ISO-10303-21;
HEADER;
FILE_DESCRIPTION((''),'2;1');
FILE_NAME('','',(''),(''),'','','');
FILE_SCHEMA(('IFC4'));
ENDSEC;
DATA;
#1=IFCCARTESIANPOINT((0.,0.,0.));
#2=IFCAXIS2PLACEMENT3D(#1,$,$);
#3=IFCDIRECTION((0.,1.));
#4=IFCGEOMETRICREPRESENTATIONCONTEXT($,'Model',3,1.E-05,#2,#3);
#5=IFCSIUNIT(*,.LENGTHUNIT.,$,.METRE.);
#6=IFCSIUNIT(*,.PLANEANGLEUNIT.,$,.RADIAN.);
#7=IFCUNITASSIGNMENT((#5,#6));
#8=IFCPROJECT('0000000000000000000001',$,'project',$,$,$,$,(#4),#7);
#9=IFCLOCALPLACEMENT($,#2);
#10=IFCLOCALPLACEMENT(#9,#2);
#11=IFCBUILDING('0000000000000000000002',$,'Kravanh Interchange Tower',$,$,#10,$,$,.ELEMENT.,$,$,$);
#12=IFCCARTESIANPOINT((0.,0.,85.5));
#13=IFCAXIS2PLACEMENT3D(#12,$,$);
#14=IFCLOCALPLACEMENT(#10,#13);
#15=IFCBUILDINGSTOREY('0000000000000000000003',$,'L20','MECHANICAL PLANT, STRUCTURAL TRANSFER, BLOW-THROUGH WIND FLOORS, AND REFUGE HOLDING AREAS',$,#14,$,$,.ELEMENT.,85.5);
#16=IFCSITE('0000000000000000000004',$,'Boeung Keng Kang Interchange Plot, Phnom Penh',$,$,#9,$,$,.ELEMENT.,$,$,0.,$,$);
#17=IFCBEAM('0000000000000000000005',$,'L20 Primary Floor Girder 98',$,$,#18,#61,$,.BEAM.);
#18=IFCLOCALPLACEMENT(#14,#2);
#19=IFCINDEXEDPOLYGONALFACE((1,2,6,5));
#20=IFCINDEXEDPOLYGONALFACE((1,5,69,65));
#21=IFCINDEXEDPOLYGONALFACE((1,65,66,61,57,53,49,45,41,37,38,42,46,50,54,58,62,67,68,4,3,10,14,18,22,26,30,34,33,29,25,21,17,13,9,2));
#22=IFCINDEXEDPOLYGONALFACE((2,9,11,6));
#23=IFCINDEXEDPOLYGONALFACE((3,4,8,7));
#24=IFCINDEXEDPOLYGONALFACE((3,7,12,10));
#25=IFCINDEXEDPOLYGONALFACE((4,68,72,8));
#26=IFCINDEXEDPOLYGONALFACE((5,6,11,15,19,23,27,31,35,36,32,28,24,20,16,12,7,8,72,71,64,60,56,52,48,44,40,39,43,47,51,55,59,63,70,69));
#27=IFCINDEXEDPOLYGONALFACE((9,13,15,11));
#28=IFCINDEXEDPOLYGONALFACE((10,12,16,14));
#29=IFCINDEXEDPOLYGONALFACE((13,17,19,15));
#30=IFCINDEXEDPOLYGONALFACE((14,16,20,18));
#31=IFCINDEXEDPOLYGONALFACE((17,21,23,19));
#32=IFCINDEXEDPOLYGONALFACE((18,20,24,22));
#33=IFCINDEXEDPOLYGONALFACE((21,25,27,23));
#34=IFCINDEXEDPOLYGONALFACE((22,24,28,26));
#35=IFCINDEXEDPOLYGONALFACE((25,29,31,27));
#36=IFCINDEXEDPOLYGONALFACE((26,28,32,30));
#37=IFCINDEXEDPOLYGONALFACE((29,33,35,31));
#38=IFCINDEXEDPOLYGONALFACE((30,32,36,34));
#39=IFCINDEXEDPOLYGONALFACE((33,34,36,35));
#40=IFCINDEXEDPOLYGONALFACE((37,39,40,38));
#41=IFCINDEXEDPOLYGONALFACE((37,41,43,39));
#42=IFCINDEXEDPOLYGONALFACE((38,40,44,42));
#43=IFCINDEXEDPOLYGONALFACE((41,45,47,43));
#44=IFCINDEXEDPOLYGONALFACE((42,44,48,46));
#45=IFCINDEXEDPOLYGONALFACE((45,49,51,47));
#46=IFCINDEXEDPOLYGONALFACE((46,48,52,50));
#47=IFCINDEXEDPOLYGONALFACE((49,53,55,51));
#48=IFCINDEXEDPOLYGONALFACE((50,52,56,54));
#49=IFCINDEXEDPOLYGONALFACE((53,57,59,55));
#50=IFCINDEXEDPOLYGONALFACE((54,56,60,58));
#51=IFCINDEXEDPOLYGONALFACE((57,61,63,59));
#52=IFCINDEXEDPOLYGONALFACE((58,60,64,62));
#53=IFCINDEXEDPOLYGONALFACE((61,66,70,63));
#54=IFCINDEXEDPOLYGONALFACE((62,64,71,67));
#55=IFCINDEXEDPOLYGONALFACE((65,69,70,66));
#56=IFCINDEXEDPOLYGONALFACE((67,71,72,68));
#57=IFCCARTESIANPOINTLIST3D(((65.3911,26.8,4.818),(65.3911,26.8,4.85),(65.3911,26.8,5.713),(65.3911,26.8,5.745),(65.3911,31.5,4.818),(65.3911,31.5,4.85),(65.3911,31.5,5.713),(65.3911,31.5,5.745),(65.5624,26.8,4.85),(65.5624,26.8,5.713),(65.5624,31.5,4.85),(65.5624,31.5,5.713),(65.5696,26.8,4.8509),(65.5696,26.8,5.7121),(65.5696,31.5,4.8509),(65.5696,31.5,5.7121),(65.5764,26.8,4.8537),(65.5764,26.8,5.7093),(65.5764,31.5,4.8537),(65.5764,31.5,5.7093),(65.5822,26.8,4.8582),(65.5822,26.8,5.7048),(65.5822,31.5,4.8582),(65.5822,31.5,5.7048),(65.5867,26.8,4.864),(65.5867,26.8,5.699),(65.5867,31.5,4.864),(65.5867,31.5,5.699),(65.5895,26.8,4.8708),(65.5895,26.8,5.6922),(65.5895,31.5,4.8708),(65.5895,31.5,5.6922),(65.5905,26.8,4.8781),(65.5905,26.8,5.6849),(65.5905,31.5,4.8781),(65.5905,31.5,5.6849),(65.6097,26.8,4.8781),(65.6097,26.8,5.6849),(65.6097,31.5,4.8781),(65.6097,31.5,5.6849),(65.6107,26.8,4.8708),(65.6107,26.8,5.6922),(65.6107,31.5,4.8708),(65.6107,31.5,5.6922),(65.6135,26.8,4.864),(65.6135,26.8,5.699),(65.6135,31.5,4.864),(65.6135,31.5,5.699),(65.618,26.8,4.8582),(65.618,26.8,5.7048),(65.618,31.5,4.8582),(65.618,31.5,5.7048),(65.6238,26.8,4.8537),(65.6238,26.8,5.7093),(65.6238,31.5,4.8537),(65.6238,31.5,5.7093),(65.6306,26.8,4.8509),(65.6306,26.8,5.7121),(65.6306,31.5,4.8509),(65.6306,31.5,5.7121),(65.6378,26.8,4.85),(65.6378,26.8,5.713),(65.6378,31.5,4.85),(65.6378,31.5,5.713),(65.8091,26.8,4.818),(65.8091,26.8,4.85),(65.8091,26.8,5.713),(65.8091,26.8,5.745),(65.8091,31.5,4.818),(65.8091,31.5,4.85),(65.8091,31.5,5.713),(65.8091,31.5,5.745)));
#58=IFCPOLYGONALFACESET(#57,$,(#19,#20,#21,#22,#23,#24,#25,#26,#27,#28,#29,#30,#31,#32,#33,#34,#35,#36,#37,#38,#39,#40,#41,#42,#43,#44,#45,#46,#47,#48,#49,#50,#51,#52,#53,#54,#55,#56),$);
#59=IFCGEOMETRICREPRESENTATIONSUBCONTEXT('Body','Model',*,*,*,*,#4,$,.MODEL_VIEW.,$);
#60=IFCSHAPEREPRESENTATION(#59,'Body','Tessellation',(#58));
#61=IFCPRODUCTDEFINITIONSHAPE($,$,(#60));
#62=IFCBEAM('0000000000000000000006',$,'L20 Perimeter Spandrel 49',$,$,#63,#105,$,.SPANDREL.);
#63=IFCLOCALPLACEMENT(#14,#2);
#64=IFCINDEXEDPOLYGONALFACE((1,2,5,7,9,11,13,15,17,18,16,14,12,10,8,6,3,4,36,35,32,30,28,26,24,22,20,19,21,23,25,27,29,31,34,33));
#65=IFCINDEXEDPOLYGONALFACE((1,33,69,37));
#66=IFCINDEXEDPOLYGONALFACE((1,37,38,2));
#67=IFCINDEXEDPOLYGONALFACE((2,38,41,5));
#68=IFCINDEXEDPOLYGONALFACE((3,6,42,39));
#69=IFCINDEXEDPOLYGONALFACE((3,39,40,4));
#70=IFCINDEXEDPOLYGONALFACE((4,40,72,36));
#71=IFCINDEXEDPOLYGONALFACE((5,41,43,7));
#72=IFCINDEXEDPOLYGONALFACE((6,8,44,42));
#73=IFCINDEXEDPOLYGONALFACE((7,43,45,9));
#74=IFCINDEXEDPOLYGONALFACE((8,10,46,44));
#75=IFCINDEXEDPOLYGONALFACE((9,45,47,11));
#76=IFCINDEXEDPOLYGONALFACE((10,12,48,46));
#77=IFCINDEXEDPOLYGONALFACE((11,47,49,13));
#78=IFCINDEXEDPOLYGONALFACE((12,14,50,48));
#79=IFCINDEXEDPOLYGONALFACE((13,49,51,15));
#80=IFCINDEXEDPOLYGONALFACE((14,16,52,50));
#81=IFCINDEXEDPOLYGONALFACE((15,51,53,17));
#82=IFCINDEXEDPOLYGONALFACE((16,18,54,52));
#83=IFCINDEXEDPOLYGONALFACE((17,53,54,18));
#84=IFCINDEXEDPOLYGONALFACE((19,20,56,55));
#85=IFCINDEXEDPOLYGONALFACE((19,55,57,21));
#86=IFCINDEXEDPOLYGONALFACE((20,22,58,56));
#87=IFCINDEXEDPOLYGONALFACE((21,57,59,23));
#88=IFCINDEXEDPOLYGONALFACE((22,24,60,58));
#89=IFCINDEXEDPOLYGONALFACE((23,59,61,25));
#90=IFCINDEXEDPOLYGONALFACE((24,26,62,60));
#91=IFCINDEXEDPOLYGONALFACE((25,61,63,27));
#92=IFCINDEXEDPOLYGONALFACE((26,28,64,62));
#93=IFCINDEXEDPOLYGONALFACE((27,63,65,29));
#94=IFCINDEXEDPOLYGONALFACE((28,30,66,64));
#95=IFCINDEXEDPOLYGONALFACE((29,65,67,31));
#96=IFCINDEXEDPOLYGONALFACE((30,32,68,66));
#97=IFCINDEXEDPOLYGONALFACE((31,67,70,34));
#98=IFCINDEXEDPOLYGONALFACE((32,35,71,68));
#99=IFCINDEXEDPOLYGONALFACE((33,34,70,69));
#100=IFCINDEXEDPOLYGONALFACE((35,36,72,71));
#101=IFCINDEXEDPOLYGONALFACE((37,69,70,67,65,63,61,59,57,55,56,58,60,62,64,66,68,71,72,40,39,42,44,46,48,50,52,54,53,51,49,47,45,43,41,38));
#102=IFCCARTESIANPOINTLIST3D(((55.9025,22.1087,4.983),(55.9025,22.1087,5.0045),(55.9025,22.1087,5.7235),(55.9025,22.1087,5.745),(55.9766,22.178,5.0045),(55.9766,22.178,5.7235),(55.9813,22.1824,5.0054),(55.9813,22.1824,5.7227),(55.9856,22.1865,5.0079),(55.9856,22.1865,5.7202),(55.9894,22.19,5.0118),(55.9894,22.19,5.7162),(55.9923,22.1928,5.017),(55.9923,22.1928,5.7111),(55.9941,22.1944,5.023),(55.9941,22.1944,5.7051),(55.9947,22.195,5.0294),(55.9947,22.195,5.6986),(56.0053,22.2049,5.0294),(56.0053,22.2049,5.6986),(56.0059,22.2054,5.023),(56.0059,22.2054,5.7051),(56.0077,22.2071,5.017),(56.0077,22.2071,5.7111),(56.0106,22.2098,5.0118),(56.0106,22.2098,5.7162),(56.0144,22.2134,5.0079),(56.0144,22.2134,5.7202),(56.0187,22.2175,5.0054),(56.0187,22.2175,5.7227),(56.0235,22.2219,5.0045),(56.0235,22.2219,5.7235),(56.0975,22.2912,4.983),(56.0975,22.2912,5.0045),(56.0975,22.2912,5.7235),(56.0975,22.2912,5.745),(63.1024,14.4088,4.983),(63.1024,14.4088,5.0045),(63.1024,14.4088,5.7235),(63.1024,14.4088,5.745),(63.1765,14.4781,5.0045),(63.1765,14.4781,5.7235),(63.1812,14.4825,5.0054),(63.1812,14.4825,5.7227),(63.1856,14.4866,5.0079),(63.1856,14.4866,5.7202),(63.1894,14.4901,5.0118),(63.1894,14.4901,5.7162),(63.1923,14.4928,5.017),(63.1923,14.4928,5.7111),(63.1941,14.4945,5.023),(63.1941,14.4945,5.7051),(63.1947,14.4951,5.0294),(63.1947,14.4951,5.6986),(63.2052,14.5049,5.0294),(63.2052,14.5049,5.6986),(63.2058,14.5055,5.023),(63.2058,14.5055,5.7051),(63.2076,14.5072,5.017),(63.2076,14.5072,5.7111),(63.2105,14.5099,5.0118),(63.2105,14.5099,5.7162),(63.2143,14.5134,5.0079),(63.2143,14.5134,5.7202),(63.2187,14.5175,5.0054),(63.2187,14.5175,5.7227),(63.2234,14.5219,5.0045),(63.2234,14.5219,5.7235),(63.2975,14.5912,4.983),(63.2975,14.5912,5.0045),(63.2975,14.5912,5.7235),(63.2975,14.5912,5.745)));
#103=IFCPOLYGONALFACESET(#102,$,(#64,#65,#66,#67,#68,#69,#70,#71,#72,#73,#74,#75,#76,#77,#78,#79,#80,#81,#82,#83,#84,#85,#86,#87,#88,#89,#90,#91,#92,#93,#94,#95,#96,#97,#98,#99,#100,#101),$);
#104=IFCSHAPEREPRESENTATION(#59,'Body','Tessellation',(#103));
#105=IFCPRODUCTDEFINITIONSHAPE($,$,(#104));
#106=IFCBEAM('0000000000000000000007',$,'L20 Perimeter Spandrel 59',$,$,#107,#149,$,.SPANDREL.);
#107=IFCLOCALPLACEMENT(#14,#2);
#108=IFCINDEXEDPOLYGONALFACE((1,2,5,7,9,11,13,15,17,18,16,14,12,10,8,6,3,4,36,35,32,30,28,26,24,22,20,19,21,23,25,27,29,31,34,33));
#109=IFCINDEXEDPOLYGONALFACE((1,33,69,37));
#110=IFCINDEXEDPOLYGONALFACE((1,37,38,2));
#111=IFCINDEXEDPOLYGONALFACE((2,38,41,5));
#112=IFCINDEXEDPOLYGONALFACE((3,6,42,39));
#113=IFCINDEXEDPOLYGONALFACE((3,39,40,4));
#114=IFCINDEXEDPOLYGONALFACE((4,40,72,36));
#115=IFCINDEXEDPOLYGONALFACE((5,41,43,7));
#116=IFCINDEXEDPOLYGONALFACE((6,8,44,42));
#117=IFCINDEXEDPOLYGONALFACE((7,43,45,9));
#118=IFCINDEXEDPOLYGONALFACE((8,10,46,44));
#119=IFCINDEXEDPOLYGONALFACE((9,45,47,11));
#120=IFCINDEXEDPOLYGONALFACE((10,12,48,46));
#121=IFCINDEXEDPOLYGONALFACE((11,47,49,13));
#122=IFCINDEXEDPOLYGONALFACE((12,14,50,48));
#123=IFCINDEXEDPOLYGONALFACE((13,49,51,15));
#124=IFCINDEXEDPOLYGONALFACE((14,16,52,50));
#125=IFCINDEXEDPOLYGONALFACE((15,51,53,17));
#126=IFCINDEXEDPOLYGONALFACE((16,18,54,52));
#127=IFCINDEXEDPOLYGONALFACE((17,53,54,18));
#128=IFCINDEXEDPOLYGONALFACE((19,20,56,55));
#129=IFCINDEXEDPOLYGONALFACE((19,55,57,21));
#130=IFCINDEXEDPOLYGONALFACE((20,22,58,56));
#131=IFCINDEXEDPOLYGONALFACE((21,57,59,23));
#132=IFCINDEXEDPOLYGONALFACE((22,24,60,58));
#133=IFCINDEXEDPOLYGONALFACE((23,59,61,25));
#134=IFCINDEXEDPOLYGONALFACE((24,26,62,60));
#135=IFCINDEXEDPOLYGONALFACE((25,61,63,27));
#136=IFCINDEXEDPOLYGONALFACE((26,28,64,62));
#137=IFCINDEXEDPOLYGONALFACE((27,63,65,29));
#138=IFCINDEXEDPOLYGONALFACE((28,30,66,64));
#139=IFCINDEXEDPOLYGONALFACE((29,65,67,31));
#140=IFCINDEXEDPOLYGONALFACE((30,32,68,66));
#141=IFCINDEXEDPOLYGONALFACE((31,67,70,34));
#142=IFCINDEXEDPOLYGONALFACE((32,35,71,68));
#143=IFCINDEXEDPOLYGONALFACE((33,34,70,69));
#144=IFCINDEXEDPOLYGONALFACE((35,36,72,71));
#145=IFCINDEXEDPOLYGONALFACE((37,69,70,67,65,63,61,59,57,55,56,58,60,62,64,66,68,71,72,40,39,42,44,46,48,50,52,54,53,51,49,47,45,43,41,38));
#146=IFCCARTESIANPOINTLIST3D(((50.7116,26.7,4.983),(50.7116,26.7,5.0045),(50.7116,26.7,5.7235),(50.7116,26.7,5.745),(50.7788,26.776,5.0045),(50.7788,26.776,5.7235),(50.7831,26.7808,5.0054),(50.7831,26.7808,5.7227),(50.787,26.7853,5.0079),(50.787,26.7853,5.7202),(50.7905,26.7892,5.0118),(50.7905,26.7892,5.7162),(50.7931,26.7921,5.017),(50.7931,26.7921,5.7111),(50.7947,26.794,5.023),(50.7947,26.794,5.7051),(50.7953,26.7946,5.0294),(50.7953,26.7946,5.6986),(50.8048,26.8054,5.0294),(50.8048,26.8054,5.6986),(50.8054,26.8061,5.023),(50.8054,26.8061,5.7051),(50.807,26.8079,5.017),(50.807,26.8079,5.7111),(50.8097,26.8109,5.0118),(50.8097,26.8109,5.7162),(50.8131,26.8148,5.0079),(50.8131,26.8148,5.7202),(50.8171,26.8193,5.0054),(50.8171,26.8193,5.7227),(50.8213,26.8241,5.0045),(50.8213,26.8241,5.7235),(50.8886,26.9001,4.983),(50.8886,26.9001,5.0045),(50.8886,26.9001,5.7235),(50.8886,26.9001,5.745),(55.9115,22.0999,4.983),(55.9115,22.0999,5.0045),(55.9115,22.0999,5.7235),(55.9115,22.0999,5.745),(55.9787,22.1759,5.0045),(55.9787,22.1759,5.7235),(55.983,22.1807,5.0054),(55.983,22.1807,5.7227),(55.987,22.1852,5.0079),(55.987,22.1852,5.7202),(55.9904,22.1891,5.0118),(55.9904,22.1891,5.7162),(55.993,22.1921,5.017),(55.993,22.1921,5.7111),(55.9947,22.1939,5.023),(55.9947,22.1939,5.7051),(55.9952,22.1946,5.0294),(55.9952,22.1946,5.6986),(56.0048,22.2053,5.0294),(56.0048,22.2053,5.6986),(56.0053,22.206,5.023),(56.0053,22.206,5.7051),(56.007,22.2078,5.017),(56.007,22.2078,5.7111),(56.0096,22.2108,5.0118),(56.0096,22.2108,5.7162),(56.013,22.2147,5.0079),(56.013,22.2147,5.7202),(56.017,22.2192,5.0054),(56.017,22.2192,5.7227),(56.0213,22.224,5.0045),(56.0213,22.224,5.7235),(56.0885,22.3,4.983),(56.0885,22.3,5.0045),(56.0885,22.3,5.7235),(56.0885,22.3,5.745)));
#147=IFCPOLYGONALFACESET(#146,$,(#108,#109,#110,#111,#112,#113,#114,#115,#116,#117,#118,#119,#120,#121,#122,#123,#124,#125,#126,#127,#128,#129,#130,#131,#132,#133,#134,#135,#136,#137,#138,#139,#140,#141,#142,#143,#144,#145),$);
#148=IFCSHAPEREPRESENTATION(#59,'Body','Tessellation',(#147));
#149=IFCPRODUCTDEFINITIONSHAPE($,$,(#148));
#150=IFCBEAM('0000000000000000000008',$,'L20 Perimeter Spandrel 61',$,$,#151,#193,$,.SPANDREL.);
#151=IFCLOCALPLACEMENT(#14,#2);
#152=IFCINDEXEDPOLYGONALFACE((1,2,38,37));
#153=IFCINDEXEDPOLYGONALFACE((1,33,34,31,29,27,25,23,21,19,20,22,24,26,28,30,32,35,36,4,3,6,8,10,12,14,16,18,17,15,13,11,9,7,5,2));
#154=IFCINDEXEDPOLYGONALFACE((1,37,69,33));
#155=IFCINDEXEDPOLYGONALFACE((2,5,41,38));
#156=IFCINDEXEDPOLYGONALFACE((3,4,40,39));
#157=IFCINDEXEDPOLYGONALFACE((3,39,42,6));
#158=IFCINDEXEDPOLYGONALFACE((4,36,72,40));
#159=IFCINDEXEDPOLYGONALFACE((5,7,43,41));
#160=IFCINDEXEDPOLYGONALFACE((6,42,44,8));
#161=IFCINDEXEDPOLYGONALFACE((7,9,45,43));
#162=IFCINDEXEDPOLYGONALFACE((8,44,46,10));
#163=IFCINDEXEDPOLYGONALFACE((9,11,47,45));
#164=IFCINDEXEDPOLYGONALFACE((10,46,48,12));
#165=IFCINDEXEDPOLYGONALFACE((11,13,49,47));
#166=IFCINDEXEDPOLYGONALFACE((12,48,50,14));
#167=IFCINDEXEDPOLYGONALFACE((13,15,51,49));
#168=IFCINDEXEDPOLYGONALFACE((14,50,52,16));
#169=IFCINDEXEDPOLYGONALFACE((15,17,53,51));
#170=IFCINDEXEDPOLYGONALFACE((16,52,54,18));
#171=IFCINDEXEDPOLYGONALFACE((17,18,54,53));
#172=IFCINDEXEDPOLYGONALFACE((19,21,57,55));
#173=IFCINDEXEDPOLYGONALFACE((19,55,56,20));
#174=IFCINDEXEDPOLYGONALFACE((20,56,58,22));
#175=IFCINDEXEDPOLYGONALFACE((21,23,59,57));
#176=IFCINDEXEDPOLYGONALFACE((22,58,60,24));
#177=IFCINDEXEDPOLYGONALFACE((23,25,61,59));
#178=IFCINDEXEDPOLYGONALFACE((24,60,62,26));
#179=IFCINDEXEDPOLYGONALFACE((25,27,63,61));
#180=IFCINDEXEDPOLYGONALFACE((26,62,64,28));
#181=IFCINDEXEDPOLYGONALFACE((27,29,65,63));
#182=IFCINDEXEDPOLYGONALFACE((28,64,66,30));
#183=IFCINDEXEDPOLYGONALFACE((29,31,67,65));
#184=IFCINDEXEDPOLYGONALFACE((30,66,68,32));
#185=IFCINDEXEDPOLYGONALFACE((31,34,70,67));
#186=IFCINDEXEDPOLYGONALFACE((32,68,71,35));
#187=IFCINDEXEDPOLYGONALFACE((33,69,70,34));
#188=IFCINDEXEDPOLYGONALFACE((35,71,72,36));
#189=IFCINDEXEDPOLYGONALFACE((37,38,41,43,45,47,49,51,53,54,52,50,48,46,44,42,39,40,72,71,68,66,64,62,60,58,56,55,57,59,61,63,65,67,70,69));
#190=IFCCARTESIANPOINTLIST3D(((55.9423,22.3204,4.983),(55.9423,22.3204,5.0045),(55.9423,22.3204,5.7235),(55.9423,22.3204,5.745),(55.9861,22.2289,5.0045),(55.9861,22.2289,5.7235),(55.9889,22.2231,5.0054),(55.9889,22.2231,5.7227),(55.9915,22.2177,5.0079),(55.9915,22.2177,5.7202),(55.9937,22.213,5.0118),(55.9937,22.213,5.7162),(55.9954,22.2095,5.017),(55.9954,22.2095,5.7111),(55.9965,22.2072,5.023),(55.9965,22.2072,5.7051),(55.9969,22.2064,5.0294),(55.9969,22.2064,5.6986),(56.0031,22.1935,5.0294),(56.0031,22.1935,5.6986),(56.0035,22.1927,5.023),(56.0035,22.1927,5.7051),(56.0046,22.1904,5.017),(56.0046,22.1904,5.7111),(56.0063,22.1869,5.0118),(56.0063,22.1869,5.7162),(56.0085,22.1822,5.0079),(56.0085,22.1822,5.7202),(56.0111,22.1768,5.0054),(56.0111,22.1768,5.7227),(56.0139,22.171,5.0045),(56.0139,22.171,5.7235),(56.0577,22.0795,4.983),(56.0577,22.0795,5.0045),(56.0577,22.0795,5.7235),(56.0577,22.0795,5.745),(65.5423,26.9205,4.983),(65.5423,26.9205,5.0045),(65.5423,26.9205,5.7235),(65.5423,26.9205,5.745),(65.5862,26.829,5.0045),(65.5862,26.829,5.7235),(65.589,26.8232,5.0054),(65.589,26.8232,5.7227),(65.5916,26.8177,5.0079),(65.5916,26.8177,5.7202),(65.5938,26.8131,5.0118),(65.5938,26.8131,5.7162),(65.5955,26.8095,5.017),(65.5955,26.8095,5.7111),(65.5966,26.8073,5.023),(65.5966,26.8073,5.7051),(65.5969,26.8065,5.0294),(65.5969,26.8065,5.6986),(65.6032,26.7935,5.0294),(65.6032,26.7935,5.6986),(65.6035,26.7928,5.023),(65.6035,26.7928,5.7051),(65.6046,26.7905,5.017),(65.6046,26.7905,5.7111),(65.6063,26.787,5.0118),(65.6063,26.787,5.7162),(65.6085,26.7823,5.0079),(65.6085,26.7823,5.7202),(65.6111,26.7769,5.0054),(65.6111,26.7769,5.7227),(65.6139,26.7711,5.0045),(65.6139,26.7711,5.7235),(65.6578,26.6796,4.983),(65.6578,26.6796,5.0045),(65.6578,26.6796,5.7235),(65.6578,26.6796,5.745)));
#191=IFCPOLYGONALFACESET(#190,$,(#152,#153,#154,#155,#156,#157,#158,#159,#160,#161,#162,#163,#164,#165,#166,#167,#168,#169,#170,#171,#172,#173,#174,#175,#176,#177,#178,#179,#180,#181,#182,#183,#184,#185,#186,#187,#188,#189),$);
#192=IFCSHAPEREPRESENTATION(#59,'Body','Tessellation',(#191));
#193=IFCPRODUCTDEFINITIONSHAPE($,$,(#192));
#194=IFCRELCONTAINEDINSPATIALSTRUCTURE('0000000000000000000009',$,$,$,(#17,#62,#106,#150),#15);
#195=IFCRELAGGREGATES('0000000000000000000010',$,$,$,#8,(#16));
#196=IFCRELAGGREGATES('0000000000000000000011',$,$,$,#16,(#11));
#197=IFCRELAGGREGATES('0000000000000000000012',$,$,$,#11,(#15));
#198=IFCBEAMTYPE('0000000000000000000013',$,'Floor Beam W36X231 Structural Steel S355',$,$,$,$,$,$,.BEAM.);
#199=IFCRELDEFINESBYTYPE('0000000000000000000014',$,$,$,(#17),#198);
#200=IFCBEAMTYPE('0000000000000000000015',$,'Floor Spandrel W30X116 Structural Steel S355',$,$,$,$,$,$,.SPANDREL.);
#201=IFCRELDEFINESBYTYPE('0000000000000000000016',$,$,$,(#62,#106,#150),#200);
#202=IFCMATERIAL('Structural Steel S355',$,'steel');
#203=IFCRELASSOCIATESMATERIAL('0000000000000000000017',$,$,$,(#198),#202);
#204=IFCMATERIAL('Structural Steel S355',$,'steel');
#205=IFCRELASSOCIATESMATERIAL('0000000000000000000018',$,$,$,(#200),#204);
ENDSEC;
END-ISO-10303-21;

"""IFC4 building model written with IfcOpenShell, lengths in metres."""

from ifc_helpers import new_model, si_unit, direction, frame, origin, origin_2d, place, context, subcontext, project, spatial, i_section, extrude, material, material_profile, profile_set, type_object, element, save


model = new_model("IFC4")

# Units and contexts
model_context = context("Model", 3, precision=1e-05, world=origin(), true_north=direction((0.0, 1.0)))
body_context = subcontext(model_context, "Body", "Model", "MODEL_VIEW")
ifc_project = project(units=[si_unit("LENGTHUNIT", "METRE"), si_unit("PLANEANGLEUNIT", "RADIAN")], contexts=[model_context])

# Site, building, storey
site_placement = place(None, origin())
site = spatial("IfcSite", under=ifc_project, at=site_placement, Name="Boeung Keng Kang Interchange Plot, Phnom Penh", CompositionType="ELEMENT", RefElevation=0.0)
building_placement = place(site_placement, origin())
building = spatial("IfcBuilding", under=site, at=building_placement, Name="Kravanh Interchange Tower", CompositionType="ELEMENT")
storey_placement = place(building_placement, frame((0.0, 0.0, 85.5)))
storey = spatial("IfcBuildingStorey", under=building, at=storey_placement, Name="L20", Description="MECHANICAL PLANT, STRUCTURAL TRANSFER, BLOW-THROUGH WIND FLOORS, AND REFUGE HOLDING AREAS", CompositionType="ELEMENT", Elevation=85.5)

# Beams
ifc_material_1 = material(Name="Structural Steel S355", Category="steel")
ifc_material_profile_1 = material_profile(ifc_material_1, i_section(OverallWidth=0.418, OverallDepth=0.927, WebThickness=0.0193, FlangeThickness=0.032, FilletRadius=0.0281, at=origin_2d()), Name="W36X231")
ifc_profile_set_1 = profile_set([ifc_material_profile_1], Name="Structural Steel S355")
beam_type_1 = type_object("IfcBeamType", Name="Floor Beam W36X231 Structural Steel S355", PredefinedType="BEAM", material=ifc_profile_set_1)
beam_1_placement = place(storey_placement, frame((65.6001, 26.8, 5.2815), z_axis=(0.0, 1.0, 0.0), x_axis=(-1.0, 0.0, 0.0)))
element("IfcBeam", 1, at=beam_1_placement, inside=storey, type_object=beam_type_1, Name="L20 Primary Floor Girder 98", PredefinedType="BEAM", context=body_context, shape_type="SweptSolid", body=[
    extrude(i_section(OverallWidth=0.418, OverallDepth=0.927, WebThickness=0.0193, FlangeThickness=0.032, FilletRadius=0.0281, at=origin_2d()), origin(), (0.0, 0.0, 1.0), 4.7),
])
ifc_material_2 = material(Name="Structural Steel S355", Category="steel")
ifc_material_profile_2 = material_profile(ifc_material_2, i_section(OverallWidth=0.2671, OverallDepth=0.762, WebThickness=0.0144, FlangeThickness=0.0215, FilletRadius=0.0249, at=origin_2d()), Name="W30X116")
ifc_profile_set_2 = profile_set([ifc_material_profile_2], Name="Structural Steel S355")
beam_type_2 = type_object("IfcBeamType", Name="Floor Spandrel W30X116 Structural Steel S355", PredefinedType="SPANDREL", material=ifc_profile_set_2)
beam_2_placement = place(storey_placement, frame((63.2, 14.5, 5.364), z_axis=(-0.682994, 0.730424, 0.0), x_axis=(-0.730424, -0.682994, 0.0)))
element("IfcBeam", 2, at=beam_2_placement, inside=storey, type_object=beam_type_2, Name="L20 Perimeter Spandrel 49", PredefinedType="SPANDREL", context=body_context, shape_type="SweptSolid", body=[
    extrude(i_section(OverallWidth=0.2671, OverallDepth=0.762, WebThickness=0.0144, FlangeThickness=0.0215, FilletRadius=0.0249, at=origin_2d()), origin(), (0.0, 0.0, 1.0), 10.5417),
])
beam_3_placement = place(storey_placement, frame((56.0, 22.2, 5.364), z_axis=(-0.748986, 0.662585, 0.0), x_axis=(-0.662585, -0.748986, 0.0)))
element("IfcBeam", 3, at=beam_3_placement, inside=storey, type_object=beam_type_2, Name="L20 Perimeter Spandrel 59", PredefinedType="SPANDREL", context=body_context, shape_type="SweptSolid", body=[
    extrude(i_section(OverallWidth=0.2671, OverallDepth=0.762, WebThickness=0.0144, FlangeThickness=0.0215, FilletRadius=0.0249, at=origin_2d()), origin(), (0.0, 0.0, 1.0), 6.9426),
])
beam_4_placement = place(storey_placement, frame((56.0, 22.2, 5.364), z_axis=(0.901814, 0.432124, 0.0), x_axis=(-0.432124, 0.901814, 0.0)))
element("IfcBeam", 4, at=beam_4_placement, inside=storey, type_object=beam_type_2, Name="L20 Perimeter Spandrel 61", PredefinedType="SPANDREL", context=body_context, shape_type="SweptSolid", body=[
    extrude(i_section(OverallWidth=0.2671, OverallDepth=0.762, WebThickness=0.0144, FlangeThickness=0.0215, FilletRadius=0.0249, at=origin_2d()), origin(), (0.0, 0.0, 1.0), 10.6453),
])

save(model, "model.ifc")
